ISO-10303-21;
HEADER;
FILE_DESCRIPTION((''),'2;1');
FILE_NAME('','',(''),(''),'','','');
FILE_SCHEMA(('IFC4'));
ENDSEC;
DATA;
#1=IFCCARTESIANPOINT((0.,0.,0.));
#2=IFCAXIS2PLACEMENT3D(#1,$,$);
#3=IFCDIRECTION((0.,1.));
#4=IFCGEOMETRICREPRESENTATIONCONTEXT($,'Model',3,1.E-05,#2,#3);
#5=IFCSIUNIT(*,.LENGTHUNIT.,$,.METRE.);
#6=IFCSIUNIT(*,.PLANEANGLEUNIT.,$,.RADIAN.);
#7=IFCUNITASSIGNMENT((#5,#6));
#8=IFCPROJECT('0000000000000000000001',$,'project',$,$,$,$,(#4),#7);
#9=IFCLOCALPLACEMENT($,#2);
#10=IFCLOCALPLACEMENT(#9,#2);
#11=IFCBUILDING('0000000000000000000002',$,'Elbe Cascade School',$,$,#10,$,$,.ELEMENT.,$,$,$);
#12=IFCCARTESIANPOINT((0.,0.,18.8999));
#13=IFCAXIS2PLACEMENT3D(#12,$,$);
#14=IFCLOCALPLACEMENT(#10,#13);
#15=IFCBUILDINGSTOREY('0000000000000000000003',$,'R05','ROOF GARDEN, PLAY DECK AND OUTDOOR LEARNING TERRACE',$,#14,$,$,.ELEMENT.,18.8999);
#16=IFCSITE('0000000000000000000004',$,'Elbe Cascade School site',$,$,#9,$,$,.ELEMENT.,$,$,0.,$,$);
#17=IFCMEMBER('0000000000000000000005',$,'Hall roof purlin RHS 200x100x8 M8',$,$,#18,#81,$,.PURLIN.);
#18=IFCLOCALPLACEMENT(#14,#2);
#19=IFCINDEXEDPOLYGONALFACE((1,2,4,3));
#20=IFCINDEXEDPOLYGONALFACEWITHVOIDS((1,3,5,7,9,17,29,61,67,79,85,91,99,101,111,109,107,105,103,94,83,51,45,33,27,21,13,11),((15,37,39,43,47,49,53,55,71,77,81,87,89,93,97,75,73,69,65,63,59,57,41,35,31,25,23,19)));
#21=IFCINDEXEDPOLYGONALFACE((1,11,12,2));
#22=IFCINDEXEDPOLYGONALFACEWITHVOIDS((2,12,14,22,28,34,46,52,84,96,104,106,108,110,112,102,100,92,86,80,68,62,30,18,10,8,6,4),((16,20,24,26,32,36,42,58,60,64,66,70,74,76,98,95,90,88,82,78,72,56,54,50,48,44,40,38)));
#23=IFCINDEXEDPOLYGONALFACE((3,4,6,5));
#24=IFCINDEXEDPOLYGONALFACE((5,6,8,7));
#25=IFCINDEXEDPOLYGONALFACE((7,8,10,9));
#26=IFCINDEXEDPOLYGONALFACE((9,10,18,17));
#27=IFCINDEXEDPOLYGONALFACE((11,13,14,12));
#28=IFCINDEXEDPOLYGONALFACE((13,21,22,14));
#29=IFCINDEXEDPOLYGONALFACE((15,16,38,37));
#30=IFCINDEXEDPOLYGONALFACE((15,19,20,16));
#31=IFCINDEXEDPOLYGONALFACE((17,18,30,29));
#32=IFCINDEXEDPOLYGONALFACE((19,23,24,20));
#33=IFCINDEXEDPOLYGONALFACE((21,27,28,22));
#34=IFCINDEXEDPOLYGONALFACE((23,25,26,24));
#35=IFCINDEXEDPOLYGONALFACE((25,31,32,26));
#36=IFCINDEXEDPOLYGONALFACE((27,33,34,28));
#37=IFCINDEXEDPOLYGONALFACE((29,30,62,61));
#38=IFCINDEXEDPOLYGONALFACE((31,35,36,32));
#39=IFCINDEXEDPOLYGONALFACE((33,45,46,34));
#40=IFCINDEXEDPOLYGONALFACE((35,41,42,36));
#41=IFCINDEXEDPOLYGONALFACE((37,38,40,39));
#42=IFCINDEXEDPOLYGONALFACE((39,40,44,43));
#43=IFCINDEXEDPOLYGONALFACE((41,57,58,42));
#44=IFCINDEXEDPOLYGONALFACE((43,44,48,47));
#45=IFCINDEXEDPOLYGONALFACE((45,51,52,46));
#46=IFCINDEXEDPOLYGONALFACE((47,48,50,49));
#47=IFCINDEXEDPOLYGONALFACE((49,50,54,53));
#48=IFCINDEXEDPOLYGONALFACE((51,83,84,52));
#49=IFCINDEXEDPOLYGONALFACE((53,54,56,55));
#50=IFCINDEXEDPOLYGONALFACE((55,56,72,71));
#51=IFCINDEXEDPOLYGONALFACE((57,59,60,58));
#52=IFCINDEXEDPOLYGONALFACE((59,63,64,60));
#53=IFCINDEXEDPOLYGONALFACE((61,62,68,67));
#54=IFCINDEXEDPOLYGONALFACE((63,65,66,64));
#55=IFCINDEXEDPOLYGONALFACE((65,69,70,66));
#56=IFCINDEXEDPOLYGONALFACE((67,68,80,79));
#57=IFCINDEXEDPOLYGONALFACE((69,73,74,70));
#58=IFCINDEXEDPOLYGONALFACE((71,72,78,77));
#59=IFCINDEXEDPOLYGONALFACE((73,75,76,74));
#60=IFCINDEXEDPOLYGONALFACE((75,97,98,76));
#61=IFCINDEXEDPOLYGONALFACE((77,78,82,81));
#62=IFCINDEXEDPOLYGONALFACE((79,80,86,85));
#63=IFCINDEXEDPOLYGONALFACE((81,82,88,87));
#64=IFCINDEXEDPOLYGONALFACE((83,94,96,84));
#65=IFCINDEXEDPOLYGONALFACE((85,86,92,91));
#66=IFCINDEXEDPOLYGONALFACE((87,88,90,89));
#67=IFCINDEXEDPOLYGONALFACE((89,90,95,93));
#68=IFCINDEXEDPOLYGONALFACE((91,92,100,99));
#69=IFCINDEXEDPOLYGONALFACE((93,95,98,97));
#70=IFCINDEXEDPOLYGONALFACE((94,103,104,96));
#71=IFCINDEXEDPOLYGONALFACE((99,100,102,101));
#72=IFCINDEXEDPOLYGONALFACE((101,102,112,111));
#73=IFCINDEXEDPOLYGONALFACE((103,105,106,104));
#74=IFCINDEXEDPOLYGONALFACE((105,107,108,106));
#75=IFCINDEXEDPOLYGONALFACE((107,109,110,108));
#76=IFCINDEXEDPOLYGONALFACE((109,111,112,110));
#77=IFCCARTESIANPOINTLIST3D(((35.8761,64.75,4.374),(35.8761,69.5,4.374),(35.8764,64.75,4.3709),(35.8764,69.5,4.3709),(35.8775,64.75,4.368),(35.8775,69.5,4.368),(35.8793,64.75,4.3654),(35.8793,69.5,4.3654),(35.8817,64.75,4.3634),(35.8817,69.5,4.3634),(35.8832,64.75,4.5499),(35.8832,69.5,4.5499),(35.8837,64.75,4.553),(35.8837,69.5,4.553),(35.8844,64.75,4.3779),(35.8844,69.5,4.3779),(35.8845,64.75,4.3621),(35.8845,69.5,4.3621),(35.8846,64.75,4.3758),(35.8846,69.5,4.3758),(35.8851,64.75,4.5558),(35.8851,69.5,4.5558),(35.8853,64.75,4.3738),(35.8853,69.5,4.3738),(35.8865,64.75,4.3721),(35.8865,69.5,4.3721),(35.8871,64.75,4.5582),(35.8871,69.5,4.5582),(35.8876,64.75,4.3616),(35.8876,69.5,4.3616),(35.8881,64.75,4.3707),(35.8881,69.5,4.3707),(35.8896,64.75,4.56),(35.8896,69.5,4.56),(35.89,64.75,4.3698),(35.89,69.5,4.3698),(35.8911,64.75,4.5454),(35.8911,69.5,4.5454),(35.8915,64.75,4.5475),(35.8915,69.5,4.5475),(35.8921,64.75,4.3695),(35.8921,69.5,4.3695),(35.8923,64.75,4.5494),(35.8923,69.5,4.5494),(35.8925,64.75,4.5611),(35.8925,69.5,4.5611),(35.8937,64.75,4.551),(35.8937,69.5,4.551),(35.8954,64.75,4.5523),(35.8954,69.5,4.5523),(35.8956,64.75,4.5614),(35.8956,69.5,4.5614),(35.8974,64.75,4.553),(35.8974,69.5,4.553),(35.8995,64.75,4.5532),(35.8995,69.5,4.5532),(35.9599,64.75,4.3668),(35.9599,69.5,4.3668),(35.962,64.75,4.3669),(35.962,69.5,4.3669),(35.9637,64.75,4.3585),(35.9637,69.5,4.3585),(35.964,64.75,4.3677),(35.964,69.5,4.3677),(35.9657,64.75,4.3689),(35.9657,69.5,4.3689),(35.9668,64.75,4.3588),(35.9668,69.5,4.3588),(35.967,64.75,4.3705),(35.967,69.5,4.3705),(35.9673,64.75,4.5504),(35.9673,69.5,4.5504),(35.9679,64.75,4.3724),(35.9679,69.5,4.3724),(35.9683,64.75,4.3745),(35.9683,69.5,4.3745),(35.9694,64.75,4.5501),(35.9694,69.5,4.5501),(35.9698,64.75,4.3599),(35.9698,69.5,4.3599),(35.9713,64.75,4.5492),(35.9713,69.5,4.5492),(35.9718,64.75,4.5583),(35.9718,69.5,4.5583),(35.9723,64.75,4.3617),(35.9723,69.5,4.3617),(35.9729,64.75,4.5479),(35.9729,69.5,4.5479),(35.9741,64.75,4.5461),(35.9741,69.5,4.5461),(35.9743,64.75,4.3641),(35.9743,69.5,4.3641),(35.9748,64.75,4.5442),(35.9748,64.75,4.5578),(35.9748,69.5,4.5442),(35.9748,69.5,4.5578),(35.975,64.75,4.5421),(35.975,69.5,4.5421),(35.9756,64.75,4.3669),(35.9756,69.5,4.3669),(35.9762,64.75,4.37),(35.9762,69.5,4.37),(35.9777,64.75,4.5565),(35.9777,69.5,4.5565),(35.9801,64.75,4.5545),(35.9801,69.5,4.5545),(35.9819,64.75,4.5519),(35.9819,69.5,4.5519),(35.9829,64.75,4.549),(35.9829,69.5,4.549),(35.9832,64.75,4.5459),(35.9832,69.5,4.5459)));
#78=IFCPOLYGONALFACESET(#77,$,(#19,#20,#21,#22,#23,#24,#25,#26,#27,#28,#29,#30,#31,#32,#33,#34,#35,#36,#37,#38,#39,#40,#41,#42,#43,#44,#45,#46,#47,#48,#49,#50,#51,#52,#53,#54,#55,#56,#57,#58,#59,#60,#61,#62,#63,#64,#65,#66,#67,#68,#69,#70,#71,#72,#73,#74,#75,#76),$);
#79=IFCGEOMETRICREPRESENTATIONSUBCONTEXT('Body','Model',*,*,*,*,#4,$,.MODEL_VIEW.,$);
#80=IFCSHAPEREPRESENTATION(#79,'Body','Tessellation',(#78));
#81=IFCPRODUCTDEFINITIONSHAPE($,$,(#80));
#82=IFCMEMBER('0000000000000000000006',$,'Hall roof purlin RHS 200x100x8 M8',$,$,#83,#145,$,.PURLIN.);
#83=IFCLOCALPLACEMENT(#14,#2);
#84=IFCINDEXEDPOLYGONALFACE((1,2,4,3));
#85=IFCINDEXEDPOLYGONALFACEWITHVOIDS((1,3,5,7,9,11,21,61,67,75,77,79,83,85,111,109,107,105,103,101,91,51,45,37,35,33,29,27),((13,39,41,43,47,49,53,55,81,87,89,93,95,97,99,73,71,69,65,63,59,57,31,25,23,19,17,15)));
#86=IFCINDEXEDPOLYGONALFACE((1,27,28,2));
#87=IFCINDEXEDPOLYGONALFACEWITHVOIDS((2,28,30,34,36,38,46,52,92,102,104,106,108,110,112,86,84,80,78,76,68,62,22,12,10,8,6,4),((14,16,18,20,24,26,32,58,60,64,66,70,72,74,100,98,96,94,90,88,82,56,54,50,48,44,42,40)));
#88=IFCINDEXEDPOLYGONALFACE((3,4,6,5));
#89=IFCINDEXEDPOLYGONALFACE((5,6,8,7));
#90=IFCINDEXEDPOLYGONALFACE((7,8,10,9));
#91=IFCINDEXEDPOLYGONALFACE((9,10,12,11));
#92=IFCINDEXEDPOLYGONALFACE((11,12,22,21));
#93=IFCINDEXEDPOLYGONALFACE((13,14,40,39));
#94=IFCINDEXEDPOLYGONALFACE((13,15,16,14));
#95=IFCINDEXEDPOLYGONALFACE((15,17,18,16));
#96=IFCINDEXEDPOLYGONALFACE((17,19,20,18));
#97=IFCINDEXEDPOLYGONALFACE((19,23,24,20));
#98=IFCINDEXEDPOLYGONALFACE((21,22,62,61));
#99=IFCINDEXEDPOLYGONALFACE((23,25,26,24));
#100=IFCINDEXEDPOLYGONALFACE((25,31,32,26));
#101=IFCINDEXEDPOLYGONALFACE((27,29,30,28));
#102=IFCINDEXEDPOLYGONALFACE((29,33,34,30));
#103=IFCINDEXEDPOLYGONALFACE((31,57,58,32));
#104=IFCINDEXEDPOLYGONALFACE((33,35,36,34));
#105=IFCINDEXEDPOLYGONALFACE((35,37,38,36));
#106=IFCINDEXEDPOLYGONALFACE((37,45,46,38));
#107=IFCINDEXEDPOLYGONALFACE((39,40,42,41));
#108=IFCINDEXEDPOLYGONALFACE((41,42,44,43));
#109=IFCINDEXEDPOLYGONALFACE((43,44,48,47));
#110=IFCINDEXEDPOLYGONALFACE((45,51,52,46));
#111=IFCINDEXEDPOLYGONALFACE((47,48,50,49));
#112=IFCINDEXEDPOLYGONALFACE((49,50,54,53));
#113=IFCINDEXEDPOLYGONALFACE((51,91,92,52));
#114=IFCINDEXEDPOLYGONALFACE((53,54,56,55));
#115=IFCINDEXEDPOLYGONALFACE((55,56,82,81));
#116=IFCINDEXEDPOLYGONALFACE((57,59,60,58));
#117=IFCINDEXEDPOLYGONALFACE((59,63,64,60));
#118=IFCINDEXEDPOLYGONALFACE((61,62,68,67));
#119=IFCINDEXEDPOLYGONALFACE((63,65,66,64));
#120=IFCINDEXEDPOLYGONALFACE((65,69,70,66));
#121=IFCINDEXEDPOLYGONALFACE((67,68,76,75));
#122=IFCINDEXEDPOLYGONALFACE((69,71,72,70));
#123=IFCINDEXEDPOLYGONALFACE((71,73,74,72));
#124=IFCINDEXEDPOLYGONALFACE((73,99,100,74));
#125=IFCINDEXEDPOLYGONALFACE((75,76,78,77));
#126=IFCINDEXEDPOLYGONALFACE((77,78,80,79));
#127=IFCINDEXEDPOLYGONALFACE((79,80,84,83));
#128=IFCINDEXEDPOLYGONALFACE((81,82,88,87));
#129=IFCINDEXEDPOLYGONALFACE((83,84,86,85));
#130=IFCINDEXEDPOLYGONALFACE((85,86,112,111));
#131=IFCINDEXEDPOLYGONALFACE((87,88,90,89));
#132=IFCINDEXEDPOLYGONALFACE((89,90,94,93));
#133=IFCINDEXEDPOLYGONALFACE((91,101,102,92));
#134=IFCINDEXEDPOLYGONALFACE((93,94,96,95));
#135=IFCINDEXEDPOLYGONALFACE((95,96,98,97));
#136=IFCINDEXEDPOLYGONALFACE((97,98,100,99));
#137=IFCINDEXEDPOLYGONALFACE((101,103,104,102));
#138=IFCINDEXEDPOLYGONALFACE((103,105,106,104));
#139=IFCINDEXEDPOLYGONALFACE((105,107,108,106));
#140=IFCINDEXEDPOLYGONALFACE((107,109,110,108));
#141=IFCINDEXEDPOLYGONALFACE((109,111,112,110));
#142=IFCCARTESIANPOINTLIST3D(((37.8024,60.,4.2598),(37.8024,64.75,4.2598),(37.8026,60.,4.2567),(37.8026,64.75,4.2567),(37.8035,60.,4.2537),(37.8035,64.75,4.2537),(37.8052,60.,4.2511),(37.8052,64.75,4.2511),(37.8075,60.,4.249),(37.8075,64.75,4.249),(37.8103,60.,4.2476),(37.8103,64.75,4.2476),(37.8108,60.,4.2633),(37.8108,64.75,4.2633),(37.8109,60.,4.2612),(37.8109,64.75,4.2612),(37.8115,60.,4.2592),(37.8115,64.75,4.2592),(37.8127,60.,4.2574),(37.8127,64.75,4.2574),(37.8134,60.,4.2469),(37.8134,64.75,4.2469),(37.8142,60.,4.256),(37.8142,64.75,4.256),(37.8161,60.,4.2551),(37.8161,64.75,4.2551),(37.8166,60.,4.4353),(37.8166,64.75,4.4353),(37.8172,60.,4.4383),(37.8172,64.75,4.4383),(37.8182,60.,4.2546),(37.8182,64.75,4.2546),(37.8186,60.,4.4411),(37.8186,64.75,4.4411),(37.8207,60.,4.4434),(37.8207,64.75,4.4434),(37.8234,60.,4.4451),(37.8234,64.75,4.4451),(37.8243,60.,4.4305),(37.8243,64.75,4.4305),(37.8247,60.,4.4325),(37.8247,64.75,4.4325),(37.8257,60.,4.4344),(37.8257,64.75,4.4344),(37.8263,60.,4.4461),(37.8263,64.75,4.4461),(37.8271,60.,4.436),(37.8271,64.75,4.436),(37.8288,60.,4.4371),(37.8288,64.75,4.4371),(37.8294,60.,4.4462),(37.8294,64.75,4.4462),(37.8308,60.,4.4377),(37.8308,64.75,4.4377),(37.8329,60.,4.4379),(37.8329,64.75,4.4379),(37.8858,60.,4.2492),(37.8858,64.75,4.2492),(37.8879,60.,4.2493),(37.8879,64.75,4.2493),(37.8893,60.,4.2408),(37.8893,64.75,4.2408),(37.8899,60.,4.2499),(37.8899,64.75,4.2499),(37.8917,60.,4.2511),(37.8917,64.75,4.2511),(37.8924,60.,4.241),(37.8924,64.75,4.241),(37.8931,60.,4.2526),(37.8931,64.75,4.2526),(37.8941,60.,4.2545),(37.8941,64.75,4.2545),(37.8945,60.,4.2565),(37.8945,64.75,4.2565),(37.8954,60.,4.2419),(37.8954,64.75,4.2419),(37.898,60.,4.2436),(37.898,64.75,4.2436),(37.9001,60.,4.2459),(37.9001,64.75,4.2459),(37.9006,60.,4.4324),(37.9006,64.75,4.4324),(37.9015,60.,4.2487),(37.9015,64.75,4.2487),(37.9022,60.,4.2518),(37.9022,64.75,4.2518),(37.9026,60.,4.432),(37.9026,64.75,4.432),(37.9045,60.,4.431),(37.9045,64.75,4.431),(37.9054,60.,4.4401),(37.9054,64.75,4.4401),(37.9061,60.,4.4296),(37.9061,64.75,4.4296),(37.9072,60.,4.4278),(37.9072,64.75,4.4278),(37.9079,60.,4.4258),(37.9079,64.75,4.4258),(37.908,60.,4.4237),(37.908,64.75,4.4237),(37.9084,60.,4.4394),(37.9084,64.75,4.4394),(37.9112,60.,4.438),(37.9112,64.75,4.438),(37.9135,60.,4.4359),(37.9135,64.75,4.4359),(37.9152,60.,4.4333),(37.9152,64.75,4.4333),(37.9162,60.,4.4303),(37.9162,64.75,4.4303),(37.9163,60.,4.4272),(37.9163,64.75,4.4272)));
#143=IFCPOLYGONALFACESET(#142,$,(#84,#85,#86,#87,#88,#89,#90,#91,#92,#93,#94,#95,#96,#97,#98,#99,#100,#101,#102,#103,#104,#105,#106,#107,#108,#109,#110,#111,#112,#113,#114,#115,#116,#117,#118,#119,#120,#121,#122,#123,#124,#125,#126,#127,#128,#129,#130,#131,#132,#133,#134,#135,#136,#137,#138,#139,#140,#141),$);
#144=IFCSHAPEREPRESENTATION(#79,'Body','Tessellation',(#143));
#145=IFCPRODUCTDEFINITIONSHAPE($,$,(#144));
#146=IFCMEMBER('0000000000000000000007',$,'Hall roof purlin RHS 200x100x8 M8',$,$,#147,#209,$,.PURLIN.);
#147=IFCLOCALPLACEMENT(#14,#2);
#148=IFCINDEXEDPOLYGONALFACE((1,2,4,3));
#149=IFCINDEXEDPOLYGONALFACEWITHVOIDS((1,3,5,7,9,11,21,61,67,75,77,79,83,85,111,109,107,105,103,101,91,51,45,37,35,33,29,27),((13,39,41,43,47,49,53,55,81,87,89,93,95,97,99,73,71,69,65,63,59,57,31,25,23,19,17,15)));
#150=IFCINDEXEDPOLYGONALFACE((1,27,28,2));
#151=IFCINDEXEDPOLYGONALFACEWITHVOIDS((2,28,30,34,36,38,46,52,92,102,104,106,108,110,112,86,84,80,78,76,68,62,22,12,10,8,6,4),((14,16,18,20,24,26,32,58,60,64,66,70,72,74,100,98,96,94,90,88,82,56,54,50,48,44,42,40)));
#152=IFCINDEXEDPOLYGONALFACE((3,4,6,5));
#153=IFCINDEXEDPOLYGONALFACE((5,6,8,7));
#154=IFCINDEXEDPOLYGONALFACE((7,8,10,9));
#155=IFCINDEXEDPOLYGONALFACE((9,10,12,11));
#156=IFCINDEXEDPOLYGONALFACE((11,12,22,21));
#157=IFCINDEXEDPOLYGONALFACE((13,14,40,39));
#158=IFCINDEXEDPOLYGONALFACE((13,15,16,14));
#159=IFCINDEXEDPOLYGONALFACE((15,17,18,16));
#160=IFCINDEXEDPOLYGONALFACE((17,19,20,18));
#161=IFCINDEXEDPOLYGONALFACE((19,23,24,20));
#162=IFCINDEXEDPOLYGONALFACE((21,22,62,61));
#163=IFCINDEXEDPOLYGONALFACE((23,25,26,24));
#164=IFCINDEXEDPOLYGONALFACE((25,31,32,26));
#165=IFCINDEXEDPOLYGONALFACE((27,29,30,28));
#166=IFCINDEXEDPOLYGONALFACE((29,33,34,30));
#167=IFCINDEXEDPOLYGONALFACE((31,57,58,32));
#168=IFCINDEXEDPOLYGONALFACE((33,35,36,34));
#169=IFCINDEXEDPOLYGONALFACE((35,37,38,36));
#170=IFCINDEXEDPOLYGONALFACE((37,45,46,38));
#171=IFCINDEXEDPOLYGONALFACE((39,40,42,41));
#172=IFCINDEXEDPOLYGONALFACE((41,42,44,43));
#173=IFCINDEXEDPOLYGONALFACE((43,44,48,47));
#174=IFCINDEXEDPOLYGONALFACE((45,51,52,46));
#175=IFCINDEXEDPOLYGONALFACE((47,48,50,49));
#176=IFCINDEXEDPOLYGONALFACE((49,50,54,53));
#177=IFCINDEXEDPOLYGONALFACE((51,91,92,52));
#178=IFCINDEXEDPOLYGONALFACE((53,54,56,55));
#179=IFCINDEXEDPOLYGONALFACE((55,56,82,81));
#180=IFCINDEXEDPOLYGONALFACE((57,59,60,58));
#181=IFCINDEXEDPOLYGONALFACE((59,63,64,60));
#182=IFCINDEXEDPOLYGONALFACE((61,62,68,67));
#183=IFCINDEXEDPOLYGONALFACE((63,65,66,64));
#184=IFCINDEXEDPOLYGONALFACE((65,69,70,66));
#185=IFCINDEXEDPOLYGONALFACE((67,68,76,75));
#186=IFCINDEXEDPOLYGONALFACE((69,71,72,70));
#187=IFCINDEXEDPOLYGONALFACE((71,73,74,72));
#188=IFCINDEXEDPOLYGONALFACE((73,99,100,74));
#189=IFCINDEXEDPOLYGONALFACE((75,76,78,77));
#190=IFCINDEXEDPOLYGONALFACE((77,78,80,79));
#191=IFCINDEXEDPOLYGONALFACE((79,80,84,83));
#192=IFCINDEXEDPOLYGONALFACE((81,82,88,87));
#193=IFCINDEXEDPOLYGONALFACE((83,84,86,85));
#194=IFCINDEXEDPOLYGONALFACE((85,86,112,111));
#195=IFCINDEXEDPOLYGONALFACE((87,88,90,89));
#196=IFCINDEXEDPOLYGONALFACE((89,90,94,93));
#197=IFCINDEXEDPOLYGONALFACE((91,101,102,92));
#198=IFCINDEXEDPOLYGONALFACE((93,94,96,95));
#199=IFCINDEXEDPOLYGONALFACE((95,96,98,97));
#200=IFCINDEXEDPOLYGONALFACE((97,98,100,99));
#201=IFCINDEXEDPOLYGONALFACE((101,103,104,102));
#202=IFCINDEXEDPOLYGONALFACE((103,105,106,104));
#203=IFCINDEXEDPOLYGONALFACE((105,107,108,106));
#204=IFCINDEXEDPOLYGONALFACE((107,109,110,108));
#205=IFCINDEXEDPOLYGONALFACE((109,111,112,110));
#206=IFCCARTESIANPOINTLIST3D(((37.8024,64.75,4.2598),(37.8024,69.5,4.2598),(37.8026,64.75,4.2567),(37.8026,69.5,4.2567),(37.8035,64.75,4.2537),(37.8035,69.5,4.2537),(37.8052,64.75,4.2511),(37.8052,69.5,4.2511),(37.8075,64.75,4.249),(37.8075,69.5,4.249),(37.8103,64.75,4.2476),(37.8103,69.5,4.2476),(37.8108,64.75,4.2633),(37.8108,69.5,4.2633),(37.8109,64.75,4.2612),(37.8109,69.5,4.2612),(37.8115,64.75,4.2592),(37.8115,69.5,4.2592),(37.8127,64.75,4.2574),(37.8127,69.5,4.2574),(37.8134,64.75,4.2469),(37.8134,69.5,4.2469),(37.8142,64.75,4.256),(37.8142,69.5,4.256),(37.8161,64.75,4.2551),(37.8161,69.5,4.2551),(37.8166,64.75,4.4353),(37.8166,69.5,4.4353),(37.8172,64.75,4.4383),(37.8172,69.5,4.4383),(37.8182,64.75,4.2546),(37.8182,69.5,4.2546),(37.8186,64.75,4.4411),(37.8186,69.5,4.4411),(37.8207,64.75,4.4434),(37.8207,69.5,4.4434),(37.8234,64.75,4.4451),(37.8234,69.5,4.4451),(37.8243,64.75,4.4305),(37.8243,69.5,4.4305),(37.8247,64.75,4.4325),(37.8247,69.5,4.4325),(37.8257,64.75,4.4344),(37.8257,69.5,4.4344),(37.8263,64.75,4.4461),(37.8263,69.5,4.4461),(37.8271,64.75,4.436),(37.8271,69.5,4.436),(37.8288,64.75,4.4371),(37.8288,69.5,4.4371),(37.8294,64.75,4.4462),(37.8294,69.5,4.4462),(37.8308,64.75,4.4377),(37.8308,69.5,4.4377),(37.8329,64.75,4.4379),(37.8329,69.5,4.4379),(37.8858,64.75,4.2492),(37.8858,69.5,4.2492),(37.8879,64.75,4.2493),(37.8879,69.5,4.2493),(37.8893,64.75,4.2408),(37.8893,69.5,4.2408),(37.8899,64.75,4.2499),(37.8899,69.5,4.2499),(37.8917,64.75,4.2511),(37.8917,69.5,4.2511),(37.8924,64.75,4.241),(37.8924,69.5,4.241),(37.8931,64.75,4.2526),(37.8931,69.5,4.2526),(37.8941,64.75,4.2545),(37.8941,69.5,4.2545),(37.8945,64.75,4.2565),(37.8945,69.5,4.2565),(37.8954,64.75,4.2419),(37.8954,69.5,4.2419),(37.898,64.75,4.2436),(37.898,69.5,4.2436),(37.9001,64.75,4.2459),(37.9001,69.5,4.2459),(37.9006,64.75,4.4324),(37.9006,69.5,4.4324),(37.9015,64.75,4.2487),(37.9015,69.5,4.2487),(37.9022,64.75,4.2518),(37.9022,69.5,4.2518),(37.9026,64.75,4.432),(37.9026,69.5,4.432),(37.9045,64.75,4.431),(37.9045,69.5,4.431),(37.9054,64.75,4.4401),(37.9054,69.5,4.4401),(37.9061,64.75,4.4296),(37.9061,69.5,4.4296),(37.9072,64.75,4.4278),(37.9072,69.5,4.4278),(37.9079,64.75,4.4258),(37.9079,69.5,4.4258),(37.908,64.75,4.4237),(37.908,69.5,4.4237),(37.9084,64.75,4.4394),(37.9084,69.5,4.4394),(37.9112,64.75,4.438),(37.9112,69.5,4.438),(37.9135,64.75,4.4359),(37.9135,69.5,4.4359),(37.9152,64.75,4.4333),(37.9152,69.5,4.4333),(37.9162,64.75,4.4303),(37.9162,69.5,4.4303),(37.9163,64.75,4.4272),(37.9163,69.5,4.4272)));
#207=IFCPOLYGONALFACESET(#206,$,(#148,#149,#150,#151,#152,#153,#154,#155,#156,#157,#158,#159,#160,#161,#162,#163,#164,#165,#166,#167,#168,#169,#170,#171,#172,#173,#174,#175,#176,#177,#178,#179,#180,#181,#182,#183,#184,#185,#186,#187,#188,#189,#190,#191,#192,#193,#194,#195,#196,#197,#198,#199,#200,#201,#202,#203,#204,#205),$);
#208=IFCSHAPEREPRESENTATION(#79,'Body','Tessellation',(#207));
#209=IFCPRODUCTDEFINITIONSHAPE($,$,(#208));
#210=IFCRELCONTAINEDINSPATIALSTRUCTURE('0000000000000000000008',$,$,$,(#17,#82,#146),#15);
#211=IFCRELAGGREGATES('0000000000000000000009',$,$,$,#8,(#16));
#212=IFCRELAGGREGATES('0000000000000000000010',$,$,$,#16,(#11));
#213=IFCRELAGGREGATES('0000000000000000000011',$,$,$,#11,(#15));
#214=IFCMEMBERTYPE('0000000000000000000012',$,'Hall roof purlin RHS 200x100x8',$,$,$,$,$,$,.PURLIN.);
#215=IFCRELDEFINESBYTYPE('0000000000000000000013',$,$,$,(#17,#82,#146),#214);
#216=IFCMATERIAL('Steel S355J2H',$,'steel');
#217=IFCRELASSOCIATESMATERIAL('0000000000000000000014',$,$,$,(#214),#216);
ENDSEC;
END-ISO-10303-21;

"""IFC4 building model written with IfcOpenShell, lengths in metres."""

from ifc_helpers import new_model, si_unit, direction, frame, origin, origin_2d, place, context, subcontext, project, spatial, hollow_rectangle, extrude, material, material_profile, profile_set, type_object, element, save


model = new_model("IFC4")

# Units and contexts
model_context = context("Model", 3, precision=1e-05, world=origin(), true_north=direction((0.0, 1.0)))
body_context = subcontext(model_context, "Body", "Model", "MODEL_VIEW")
ifc_project = project(units=[si_unit("LENGTHUNIT", "METRE"), si_unit("PLANEANGLEUNIT", "RADIAN")], contexts=[model_context])

# Site, building, storey
site_placement = place(None, origin())
site = spatial("IfcSite", under=ifc_project, at=site_placement, Name="Elbe Cascade School site", CompositionType="ELEMENT", RefElevation=0.0)
building_placement = place(site_placement, origin())
building = spatial("IfcBuilding", under=site, at=building_placement, Name="Elbe Cascade School", CompositionType="ELEMENT")
storey_placement = place(building_placement, frame((0.0, 0.0, 18.8999)))
storey = spatial("IfcBuildingStorey", under=building, at=storey_placement, Name="R05", Description="ROOF GARDEN, PLAY DECK AND OUTDOOR LEARNING TERRACE", CompositionType="ELEMENT", Elevation=18.8999)

# Members
ifc_material_1 = material(Name="Steel S355J2H", Category="steel")
ifc_material_profile_1 = material_profile(ifc_material_1, hollow_rectangle(XDim=0.1001, YDim=0.2, WallThickness=0.0081, InnerFilletRadius=0.0081, OuterFilletRadius=0.012, at=origin_2d()), Name="RHS 200x100x8")
ifc_profile_set_1 = profile_set([ifc_material_profile_1], Name="Steel S355J2H")
member_type_1 = type_object("IfcMemberType", Name="Hall roof purlin RHS 200x100x8", PredefinedType="PURLIN", material=ifc_profile_set_1)
for number, where, z_axis, x_axis, name in (
    (1, (35.9297, 64.75, 4.46), (0.0, 1.0, 0.0), (-0.999193, 0.0, 0.040154), "Hall roof purlin RHS 200x100x8 M8"),
    (2, (37.8594, 60.0, 4.3435), (0.0, 1.0, 0.0), (-0.99677, 0.0, 0.080309), "Hall roof purlin RHS 200x100x8 M8"),
    (3, (37.8594, 64.75, 4.3435), (0.0, 1.0, 0.0), (-0.99677, 0.0, 0.080309), "Hall roof purlin RHS 200x100x8 M8"),
):
    element("IfcMember", number, at=place(storey_placement, frame(where, z_axis=z_axis, x_axis=x_axis)), inside=storey, type_object=member_type_1, Name=name, PredefinedType="PURLIN", context=body_context, shape_type="SweptSolid", body=[
        extrude(hollow_rectangle(XDim=0.1001, YDim=0.2, WallThickness=0.0081, InnerFilletRadius=0.0081, OuterFilletRadius=0.012, at=origin_2d()), origin(), (0.0, 0.0, 1.0), 4.75),
    ])

save(model, "model.ifc")
